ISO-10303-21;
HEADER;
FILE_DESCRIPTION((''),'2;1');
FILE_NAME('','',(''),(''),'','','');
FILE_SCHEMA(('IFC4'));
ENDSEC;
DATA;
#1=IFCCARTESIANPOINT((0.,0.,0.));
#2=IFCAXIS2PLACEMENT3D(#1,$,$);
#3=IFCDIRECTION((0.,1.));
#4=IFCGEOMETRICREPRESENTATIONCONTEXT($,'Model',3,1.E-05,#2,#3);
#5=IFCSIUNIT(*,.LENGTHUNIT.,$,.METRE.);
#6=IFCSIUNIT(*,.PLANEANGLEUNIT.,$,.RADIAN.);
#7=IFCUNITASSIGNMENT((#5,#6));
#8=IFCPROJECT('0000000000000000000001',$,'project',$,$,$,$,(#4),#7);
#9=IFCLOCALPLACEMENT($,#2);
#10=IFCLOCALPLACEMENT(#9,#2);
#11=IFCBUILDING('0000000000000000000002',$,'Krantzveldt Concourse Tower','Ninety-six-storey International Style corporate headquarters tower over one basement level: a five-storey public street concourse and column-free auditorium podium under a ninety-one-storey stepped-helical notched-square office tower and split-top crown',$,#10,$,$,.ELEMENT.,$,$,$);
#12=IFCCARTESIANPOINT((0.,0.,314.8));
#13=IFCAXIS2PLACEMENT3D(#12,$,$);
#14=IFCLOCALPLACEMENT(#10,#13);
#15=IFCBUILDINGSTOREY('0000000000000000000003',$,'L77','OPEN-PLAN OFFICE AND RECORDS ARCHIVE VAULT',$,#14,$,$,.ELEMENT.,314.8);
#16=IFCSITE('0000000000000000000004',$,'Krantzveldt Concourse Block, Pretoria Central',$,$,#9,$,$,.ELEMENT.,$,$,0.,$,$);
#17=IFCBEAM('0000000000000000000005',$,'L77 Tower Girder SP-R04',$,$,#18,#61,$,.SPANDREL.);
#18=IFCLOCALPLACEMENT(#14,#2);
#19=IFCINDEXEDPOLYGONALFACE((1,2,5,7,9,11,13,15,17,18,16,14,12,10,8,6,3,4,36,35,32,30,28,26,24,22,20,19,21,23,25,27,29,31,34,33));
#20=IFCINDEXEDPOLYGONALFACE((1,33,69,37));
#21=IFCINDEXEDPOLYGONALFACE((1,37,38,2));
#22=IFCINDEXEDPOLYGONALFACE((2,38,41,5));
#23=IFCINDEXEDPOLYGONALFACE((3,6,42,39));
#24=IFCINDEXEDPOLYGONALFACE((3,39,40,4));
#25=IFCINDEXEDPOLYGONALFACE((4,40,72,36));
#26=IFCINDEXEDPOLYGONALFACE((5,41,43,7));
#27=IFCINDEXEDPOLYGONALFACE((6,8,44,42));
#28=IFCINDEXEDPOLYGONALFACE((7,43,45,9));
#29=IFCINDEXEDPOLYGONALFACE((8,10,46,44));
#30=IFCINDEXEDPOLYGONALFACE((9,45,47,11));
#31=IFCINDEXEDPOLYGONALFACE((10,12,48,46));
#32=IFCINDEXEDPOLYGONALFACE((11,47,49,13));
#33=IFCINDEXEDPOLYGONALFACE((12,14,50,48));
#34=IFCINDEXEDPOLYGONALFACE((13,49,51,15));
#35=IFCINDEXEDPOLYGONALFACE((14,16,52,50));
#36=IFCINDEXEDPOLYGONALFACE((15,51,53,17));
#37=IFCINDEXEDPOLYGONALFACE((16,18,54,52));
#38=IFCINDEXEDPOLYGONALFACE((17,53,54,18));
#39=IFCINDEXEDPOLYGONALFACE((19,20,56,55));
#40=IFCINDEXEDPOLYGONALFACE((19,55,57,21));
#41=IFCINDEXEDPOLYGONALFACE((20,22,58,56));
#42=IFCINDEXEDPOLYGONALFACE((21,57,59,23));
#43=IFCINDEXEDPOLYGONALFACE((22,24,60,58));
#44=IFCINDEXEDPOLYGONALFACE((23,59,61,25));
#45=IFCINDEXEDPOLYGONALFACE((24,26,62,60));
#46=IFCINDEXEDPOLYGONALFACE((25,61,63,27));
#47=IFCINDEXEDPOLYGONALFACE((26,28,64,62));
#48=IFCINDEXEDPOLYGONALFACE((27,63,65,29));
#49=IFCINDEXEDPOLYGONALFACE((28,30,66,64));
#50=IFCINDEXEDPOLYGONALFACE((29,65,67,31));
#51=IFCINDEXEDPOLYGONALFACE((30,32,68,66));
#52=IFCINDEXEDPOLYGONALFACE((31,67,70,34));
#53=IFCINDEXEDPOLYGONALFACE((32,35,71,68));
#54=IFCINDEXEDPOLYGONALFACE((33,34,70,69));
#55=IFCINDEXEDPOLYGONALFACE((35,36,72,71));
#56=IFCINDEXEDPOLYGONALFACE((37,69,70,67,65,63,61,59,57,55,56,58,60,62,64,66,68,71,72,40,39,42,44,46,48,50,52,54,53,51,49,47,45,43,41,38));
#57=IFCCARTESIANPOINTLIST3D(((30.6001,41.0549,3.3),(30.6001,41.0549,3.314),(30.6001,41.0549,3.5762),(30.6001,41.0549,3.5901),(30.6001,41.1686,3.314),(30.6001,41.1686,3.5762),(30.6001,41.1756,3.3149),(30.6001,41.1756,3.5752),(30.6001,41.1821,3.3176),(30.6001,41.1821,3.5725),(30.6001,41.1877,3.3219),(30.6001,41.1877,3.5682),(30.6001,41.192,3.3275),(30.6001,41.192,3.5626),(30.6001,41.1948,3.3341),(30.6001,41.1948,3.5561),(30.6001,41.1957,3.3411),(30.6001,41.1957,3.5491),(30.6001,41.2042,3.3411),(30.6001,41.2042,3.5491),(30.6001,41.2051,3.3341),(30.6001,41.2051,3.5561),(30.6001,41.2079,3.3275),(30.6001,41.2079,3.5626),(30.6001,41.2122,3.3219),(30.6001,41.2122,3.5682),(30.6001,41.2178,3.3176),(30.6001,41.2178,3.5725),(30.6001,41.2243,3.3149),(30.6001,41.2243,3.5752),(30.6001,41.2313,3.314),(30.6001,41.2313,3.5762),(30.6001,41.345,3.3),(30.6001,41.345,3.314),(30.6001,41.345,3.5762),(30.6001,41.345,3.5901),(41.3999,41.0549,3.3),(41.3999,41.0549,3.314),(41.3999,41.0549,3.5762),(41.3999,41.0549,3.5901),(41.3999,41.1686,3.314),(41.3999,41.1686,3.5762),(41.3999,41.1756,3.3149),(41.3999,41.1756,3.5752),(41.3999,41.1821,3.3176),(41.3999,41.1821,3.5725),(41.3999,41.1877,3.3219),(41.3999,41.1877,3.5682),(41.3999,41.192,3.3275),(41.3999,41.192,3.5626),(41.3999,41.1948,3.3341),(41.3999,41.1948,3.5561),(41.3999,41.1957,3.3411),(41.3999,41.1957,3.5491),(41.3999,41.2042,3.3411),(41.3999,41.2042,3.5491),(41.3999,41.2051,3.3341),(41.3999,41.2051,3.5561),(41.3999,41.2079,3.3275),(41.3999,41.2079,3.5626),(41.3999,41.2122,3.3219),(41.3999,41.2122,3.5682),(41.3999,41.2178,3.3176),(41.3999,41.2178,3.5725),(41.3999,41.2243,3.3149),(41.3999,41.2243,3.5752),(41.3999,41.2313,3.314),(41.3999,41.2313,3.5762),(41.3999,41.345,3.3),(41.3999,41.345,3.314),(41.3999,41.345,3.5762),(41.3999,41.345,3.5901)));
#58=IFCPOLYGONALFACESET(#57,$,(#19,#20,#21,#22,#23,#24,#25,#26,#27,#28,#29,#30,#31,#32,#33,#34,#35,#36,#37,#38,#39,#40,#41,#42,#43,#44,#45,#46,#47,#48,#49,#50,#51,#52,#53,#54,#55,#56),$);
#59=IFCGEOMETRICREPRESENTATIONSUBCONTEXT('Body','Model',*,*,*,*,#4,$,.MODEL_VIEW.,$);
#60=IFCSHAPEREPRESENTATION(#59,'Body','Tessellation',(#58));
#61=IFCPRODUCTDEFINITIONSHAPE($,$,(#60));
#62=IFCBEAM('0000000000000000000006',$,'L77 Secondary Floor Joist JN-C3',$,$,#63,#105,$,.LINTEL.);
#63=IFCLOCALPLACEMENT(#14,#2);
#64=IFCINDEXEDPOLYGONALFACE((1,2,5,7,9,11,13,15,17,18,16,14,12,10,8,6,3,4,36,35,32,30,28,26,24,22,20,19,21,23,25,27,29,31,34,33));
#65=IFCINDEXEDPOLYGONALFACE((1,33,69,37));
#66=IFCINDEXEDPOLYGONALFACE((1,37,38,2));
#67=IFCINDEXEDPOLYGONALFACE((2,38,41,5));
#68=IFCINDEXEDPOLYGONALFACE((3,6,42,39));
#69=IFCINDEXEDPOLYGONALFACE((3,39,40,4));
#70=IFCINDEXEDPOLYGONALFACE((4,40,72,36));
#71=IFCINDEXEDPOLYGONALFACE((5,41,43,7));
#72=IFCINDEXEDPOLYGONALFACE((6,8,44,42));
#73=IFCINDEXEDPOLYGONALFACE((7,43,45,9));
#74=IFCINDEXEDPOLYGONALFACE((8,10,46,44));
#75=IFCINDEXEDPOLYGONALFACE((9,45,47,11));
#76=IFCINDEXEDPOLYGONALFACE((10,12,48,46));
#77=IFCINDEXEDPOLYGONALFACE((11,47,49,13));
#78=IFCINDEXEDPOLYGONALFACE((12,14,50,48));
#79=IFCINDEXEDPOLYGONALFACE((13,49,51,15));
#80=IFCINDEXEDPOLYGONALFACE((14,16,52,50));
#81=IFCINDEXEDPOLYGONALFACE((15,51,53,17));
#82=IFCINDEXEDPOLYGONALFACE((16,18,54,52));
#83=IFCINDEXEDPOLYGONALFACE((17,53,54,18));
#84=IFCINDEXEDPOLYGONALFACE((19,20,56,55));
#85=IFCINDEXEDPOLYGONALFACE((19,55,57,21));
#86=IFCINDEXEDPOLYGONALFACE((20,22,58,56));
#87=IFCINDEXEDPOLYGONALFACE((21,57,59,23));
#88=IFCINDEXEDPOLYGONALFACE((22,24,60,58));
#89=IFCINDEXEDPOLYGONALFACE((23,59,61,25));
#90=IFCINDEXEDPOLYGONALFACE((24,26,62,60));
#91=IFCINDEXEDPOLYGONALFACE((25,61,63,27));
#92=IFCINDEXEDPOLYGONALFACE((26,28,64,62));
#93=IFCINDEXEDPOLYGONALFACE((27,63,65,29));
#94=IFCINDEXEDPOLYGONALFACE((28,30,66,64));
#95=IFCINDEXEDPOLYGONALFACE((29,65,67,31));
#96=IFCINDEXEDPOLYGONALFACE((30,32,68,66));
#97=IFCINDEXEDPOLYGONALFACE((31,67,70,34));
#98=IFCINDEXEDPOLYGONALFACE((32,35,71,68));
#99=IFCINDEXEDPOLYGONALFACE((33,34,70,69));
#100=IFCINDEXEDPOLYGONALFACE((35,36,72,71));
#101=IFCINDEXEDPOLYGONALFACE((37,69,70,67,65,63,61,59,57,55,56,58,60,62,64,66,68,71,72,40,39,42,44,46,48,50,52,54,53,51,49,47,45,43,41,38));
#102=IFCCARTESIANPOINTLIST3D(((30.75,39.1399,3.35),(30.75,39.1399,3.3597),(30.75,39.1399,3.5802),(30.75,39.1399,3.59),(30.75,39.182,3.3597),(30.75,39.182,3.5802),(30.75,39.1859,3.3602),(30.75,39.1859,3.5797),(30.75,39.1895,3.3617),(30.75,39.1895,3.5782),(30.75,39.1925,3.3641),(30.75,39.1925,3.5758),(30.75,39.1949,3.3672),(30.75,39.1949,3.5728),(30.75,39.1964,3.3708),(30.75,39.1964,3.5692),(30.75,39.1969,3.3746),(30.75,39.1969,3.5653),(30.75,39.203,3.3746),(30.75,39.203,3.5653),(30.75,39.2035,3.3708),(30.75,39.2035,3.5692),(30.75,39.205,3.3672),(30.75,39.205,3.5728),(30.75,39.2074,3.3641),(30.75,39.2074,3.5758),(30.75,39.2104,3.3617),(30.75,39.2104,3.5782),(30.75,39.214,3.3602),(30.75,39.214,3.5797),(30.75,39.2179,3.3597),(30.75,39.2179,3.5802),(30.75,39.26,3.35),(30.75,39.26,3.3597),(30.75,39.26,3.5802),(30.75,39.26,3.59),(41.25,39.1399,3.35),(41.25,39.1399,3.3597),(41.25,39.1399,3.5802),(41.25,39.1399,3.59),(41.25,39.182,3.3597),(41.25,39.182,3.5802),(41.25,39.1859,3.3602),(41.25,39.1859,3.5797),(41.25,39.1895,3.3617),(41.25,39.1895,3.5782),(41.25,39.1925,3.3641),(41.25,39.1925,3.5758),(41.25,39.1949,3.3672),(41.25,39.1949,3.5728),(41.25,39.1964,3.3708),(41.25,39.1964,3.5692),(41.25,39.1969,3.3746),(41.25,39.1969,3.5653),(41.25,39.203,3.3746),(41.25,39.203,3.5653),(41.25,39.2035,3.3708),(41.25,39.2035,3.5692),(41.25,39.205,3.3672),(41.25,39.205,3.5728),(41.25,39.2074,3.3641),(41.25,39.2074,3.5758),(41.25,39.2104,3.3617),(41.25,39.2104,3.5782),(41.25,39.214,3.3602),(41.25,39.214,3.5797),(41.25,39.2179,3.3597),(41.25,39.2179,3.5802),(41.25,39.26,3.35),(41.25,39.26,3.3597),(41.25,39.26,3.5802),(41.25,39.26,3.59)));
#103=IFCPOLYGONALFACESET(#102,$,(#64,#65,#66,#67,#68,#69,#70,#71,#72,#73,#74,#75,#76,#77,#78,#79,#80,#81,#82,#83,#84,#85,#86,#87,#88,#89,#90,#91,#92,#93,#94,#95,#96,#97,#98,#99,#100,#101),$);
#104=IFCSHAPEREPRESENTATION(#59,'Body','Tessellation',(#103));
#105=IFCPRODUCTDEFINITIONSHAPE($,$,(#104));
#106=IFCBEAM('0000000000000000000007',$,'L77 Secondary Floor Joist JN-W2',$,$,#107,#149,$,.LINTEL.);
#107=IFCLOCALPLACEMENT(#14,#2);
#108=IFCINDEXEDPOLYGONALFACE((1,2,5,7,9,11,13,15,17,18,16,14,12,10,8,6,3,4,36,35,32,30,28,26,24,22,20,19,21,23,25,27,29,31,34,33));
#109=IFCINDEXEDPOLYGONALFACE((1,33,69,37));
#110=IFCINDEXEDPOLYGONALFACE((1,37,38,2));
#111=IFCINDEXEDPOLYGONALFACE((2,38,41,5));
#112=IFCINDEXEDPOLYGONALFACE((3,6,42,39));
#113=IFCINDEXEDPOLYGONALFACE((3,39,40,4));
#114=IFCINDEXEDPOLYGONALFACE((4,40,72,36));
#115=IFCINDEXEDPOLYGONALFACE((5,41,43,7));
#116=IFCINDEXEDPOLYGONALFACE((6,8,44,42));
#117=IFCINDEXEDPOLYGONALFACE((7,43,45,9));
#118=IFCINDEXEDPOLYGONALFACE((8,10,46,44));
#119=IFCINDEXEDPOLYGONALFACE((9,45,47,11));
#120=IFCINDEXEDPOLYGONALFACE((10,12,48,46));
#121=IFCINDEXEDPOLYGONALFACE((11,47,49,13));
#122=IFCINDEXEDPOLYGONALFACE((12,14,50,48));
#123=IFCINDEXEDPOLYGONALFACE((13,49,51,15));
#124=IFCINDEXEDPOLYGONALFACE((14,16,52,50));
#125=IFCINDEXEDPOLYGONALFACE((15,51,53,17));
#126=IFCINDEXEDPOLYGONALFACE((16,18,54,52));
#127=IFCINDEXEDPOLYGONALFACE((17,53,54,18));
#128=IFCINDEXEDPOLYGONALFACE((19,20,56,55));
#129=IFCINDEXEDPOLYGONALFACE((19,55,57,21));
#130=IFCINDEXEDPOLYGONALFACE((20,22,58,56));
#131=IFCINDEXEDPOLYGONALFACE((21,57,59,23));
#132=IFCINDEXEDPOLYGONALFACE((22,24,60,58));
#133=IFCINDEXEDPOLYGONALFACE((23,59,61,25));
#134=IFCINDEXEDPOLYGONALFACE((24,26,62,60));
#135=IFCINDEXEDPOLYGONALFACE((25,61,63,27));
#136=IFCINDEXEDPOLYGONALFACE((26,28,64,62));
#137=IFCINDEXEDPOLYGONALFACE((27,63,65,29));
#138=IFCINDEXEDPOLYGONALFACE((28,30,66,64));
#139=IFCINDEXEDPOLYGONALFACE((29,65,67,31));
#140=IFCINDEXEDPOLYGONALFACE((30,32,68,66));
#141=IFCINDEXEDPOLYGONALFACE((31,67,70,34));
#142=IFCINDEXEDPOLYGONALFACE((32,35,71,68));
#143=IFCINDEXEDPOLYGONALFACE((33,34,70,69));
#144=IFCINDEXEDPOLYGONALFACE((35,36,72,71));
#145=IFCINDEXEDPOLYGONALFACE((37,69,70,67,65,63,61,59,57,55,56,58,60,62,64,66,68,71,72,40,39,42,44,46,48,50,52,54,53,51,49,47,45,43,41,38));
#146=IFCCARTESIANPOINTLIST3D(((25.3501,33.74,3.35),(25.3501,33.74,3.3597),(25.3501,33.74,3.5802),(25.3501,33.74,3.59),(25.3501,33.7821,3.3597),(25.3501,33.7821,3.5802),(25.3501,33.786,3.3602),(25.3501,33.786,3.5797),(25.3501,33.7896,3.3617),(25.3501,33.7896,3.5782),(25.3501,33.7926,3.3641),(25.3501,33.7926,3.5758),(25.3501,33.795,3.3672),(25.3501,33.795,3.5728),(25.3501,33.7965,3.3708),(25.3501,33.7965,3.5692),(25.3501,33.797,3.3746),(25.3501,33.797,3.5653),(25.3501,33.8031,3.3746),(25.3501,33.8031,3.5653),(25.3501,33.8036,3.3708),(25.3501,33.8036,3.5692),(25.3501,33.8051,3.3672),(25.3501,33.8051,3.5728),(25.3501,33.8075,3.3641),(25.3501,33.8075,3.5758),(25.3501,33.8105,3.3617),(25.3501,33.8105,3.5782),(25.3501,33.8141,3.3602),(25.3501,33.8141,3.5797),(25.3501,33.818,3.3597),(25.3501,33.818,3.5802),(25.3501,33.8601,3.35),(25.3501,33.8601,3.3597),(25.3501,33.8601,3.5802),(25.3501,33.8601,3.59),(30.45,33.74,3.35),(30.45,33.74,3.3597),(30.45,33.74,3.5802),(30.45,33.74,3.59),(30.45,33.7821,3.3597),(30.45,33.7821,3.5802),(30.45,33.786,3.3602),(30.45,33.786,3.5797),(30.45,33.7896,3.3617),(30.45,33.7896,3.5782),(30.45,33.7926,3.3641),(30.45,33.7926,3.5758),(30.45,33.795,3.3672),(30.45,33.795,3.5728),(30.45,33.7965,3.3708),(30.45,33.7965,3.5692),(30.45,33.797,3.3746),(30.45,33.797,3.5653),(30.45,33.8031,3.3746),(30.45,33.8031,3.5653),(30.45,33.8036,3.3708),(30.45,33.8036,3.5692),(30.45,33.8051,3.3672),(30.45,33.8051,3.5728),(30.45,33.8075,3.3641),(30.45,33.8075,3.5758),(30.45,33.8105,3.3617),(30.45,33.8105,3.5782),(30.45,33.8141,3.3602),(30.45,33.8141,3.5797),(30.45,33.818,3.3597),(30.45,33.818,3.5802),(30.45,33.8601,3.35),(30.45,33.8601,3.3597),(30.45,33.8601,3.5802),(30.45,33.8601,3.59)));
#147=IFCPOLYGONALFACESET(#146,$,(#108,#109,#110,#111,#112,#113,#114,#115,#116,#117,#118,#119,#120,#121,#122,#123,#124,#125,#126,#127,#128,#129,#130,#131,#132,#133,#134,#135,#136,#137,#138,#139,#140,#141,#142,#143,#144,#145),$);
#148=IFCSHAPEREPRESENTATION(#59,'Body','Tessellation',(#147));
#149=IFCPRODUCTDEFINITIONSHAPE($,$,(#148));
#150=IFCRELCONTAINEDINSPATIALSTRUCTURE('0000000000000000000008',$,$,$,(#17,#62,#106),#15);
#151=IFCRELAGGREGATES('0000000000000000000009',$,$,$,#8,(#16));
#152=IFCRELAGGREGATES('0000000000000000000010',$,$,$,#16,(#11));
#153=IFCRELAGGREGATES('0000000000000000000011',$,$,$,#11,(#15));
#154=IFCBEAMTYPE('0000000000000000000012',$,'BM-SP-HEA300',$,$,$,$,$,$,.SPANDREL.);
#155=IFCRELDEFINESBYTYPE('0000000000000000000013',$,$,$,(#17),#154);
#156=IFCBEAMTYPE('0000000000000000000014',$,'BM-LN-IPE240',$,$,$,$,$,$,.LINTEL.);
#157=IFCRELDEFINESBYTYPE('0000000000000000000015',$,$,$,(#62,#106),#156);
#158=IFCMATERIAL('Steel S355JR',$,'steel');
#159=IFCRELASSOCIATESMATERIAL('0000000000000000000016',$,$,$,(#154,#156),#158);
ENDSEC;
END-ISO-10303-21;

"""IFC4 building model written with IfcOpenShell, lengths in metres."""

from ifc_helpers import new_model, si_unit, direction, frame, origin, origin_2d, place, context, subcontext, project, spatial, i_section, extrude, source, transform, mapped, material, material_profile, profile_set, type_object, type_shapes, element, save


model = new_model("IFC4")

# Units and contexts
model_context = context("Model", 3, precision=1e-05, world=origin(), true_north=direction((0.0, 1.0)))
body_context = subcontext(model_context, "Body", "Model", "MODEL_VIEW")
ifc_project = project(units=[si_unit("LENGTHUNIT", "METRE"), si_unit("PLANEANGLEUNIT", "RADIAN")], contexts=[model_context])

# Site, building, storey
site_placement = place(None, origin())
site = spatial("IfcSite", under=ifc_project, at=site_placement, Name="Krantzveldt Concourse Block, Pretoria Central", CompositionType="ELEMENT", RefElevation=0.0)
building_placement = place(site_placement, origin())
building = spatial("IfcBuilding", under=site, at=building_placement, Name="Krantzveldt Concourse Tower", Description="Ninety-six-storey International Style corporate headquarters tower over one basement level: a five-storey public street concourse and column-free auditorium podium under a ninety-one-storey stepped-helical notched-square office tower and split-top crown", CompositionType="ELEMENT")
storey_placement = place(building_placement, frame((0.0, 0.0, 314.8)))
storey = spatial("IfcBuildingStorey", under=building, at=storey_placement, Name="L77", Description="OPEN-PLAN OFFICE AND RECORDS ARCHIVE VAULT", CompositionType="ELEMENT", Elevation=314.8)

# Beams
ifc_material_1 = material(Name="Steel S355JR", Category="steel")
ifc_material_profile_1 = material_profile(ifc_material_1, i_section(OverallWidth=0.29, OverallDepth=0.29, WebThickness=0.0085, FlangeThickness=0.0139, FilletRadius=0.0271, at=origin_2d()), Name="Steel S355JR", Category="steel")
ifc_profile_set_1 = profile_set([ifc_material_profile_1], Name="Steel S355JR - HEA 300")
beam_type_1 = type_object("IfcBeamType", Name="BM-SP-HEA300", PredefinedType="SPANDREL", material=ifc_profile_set_1)
shared_shape_1 = source(origin(), body_context, "Body", "SweptSolid", [
    extrude(i_section(OverallWidth=0.29, OverallDepth=0.29, WebThickness=0.0085, FlangeThickness=0.0139, FilletRadius=0.0271, at=origin_2d()), origin(), (0.0, 0.0, 1.0), 10.7998),
])
beam_1_placement = place(storey_placement, frame((30.6001, 41.2, 3.4451), z_axis=(1.0, 0.0, 0.0), x_axis=(0.0, 1.0, 0.0)))
element("IfcBeam", 1, at=beam_1_placement, inside=storey, type_object=beam_type_1, Name="L77 Tower Girder SP-R04", PredefinedType="SPANDREL", context=body_context, shape_type="MappedRepresentation", body=[
    mapped(shared_shape_1, transform((0.0, 0.0, 0.0), x_axis=(1.0, 0.0, 0.0), y_axis=(0.0, 1.0, 0.0), z_axis=(0.0, 0.0, 1.0), scale=1.0)),
])
ifc_material_profile_2 = material_profile(ifc_material_1, i_section(OverallWidth=0.1201, OverallDepth=0.24, WebThickness=0.0061, FlangeThickness=0.0098, FilletRadius=0.0149, at=origin_2d()), Name="Steel S355JR", Category="steel")
ifc_profile_set_2 = profile_set([ifc_material_profile_2], Name="Steel S355JR - IPE 240")
beam_type_2 = type_object("IfcBeamType", Name="BM-LN-IPE240", PredefinedType="LINTEL", material=ifc_profile_set_2)
shared_shape_2 = source(origin(), body_context, "Body", "SweptSolid", [
    extrude(i_section(OverallWidth=0.1201, OverallDepth=0.24, WebThickness=0.0061, FlangeThickness=0.0098, FilletRadius=0.0149, at=origin_2d()), origin(), (0.0, 0.0, 1.0), 10.5),
])
beam_2_placement = place(storey_placement, frame((30.75, 39.2, 3.47), z_axis=(1.0, 0.0, 0.0), x_axis=(0.0, 1.0, 0.0)))
element("IfcBeam", 2, at=beam_2_placement, inside=storey, type_object=beam_type_2, Name="L77 Secondary Floor Joist JN-C3", PredefinedType="LINTEL", context=body_context, shape_type="MappedRepresentation", body=[
    mapped(shared_shape_2, transform((0.0, 0.0, 0.0), x_axis=(1.0, 0.0, 0.0), y_axis=(0.0, 1.0, 0.0), z_axis=(0.0, 0.0, 1.0), scale=1.0)),
])
shared_shape_3 = source(origin(), body_context, "Body", "SweptSolid", [
    extrude(i_section(OverallWidth=0.1201, OverallDepth=0.24, WebThickness=0.0061, FlangeThickness=0.0098, FilletRadius=0.0149, at=origin_2d()), origin(), (0.0, 0.0, 1.0), 5.0999),
])
type_shapes(beam_type_2, [shared_shape_2, shared_shape_3])
beam_3_placement = place(storey_placement, frame((25.3501, 33.8, 3.47), z_axis=(1.0, 0.0, 0.0), x_axis=(0.0, 1.0, 0.0)))
element("IfcBeam", 3, at=beam_3_placement, inside=storey, type_object=beam_type_2, Name="L77 Secondary Floor Joist JN-W2", PredefinedType="LINTEL", context=body_context, shape_type="MappedRepresentation", body=[
    mapped(shared_shape_3, transform((0.0, 0.0, 0.0), x_axis=(1.0, 0.0, 0.0), y_axis=(0.0, 1.0, 0.0), z_axis=(0.0, 0.0, 1.0), scale=1.0)),
])

save(model, "model.ifc")
